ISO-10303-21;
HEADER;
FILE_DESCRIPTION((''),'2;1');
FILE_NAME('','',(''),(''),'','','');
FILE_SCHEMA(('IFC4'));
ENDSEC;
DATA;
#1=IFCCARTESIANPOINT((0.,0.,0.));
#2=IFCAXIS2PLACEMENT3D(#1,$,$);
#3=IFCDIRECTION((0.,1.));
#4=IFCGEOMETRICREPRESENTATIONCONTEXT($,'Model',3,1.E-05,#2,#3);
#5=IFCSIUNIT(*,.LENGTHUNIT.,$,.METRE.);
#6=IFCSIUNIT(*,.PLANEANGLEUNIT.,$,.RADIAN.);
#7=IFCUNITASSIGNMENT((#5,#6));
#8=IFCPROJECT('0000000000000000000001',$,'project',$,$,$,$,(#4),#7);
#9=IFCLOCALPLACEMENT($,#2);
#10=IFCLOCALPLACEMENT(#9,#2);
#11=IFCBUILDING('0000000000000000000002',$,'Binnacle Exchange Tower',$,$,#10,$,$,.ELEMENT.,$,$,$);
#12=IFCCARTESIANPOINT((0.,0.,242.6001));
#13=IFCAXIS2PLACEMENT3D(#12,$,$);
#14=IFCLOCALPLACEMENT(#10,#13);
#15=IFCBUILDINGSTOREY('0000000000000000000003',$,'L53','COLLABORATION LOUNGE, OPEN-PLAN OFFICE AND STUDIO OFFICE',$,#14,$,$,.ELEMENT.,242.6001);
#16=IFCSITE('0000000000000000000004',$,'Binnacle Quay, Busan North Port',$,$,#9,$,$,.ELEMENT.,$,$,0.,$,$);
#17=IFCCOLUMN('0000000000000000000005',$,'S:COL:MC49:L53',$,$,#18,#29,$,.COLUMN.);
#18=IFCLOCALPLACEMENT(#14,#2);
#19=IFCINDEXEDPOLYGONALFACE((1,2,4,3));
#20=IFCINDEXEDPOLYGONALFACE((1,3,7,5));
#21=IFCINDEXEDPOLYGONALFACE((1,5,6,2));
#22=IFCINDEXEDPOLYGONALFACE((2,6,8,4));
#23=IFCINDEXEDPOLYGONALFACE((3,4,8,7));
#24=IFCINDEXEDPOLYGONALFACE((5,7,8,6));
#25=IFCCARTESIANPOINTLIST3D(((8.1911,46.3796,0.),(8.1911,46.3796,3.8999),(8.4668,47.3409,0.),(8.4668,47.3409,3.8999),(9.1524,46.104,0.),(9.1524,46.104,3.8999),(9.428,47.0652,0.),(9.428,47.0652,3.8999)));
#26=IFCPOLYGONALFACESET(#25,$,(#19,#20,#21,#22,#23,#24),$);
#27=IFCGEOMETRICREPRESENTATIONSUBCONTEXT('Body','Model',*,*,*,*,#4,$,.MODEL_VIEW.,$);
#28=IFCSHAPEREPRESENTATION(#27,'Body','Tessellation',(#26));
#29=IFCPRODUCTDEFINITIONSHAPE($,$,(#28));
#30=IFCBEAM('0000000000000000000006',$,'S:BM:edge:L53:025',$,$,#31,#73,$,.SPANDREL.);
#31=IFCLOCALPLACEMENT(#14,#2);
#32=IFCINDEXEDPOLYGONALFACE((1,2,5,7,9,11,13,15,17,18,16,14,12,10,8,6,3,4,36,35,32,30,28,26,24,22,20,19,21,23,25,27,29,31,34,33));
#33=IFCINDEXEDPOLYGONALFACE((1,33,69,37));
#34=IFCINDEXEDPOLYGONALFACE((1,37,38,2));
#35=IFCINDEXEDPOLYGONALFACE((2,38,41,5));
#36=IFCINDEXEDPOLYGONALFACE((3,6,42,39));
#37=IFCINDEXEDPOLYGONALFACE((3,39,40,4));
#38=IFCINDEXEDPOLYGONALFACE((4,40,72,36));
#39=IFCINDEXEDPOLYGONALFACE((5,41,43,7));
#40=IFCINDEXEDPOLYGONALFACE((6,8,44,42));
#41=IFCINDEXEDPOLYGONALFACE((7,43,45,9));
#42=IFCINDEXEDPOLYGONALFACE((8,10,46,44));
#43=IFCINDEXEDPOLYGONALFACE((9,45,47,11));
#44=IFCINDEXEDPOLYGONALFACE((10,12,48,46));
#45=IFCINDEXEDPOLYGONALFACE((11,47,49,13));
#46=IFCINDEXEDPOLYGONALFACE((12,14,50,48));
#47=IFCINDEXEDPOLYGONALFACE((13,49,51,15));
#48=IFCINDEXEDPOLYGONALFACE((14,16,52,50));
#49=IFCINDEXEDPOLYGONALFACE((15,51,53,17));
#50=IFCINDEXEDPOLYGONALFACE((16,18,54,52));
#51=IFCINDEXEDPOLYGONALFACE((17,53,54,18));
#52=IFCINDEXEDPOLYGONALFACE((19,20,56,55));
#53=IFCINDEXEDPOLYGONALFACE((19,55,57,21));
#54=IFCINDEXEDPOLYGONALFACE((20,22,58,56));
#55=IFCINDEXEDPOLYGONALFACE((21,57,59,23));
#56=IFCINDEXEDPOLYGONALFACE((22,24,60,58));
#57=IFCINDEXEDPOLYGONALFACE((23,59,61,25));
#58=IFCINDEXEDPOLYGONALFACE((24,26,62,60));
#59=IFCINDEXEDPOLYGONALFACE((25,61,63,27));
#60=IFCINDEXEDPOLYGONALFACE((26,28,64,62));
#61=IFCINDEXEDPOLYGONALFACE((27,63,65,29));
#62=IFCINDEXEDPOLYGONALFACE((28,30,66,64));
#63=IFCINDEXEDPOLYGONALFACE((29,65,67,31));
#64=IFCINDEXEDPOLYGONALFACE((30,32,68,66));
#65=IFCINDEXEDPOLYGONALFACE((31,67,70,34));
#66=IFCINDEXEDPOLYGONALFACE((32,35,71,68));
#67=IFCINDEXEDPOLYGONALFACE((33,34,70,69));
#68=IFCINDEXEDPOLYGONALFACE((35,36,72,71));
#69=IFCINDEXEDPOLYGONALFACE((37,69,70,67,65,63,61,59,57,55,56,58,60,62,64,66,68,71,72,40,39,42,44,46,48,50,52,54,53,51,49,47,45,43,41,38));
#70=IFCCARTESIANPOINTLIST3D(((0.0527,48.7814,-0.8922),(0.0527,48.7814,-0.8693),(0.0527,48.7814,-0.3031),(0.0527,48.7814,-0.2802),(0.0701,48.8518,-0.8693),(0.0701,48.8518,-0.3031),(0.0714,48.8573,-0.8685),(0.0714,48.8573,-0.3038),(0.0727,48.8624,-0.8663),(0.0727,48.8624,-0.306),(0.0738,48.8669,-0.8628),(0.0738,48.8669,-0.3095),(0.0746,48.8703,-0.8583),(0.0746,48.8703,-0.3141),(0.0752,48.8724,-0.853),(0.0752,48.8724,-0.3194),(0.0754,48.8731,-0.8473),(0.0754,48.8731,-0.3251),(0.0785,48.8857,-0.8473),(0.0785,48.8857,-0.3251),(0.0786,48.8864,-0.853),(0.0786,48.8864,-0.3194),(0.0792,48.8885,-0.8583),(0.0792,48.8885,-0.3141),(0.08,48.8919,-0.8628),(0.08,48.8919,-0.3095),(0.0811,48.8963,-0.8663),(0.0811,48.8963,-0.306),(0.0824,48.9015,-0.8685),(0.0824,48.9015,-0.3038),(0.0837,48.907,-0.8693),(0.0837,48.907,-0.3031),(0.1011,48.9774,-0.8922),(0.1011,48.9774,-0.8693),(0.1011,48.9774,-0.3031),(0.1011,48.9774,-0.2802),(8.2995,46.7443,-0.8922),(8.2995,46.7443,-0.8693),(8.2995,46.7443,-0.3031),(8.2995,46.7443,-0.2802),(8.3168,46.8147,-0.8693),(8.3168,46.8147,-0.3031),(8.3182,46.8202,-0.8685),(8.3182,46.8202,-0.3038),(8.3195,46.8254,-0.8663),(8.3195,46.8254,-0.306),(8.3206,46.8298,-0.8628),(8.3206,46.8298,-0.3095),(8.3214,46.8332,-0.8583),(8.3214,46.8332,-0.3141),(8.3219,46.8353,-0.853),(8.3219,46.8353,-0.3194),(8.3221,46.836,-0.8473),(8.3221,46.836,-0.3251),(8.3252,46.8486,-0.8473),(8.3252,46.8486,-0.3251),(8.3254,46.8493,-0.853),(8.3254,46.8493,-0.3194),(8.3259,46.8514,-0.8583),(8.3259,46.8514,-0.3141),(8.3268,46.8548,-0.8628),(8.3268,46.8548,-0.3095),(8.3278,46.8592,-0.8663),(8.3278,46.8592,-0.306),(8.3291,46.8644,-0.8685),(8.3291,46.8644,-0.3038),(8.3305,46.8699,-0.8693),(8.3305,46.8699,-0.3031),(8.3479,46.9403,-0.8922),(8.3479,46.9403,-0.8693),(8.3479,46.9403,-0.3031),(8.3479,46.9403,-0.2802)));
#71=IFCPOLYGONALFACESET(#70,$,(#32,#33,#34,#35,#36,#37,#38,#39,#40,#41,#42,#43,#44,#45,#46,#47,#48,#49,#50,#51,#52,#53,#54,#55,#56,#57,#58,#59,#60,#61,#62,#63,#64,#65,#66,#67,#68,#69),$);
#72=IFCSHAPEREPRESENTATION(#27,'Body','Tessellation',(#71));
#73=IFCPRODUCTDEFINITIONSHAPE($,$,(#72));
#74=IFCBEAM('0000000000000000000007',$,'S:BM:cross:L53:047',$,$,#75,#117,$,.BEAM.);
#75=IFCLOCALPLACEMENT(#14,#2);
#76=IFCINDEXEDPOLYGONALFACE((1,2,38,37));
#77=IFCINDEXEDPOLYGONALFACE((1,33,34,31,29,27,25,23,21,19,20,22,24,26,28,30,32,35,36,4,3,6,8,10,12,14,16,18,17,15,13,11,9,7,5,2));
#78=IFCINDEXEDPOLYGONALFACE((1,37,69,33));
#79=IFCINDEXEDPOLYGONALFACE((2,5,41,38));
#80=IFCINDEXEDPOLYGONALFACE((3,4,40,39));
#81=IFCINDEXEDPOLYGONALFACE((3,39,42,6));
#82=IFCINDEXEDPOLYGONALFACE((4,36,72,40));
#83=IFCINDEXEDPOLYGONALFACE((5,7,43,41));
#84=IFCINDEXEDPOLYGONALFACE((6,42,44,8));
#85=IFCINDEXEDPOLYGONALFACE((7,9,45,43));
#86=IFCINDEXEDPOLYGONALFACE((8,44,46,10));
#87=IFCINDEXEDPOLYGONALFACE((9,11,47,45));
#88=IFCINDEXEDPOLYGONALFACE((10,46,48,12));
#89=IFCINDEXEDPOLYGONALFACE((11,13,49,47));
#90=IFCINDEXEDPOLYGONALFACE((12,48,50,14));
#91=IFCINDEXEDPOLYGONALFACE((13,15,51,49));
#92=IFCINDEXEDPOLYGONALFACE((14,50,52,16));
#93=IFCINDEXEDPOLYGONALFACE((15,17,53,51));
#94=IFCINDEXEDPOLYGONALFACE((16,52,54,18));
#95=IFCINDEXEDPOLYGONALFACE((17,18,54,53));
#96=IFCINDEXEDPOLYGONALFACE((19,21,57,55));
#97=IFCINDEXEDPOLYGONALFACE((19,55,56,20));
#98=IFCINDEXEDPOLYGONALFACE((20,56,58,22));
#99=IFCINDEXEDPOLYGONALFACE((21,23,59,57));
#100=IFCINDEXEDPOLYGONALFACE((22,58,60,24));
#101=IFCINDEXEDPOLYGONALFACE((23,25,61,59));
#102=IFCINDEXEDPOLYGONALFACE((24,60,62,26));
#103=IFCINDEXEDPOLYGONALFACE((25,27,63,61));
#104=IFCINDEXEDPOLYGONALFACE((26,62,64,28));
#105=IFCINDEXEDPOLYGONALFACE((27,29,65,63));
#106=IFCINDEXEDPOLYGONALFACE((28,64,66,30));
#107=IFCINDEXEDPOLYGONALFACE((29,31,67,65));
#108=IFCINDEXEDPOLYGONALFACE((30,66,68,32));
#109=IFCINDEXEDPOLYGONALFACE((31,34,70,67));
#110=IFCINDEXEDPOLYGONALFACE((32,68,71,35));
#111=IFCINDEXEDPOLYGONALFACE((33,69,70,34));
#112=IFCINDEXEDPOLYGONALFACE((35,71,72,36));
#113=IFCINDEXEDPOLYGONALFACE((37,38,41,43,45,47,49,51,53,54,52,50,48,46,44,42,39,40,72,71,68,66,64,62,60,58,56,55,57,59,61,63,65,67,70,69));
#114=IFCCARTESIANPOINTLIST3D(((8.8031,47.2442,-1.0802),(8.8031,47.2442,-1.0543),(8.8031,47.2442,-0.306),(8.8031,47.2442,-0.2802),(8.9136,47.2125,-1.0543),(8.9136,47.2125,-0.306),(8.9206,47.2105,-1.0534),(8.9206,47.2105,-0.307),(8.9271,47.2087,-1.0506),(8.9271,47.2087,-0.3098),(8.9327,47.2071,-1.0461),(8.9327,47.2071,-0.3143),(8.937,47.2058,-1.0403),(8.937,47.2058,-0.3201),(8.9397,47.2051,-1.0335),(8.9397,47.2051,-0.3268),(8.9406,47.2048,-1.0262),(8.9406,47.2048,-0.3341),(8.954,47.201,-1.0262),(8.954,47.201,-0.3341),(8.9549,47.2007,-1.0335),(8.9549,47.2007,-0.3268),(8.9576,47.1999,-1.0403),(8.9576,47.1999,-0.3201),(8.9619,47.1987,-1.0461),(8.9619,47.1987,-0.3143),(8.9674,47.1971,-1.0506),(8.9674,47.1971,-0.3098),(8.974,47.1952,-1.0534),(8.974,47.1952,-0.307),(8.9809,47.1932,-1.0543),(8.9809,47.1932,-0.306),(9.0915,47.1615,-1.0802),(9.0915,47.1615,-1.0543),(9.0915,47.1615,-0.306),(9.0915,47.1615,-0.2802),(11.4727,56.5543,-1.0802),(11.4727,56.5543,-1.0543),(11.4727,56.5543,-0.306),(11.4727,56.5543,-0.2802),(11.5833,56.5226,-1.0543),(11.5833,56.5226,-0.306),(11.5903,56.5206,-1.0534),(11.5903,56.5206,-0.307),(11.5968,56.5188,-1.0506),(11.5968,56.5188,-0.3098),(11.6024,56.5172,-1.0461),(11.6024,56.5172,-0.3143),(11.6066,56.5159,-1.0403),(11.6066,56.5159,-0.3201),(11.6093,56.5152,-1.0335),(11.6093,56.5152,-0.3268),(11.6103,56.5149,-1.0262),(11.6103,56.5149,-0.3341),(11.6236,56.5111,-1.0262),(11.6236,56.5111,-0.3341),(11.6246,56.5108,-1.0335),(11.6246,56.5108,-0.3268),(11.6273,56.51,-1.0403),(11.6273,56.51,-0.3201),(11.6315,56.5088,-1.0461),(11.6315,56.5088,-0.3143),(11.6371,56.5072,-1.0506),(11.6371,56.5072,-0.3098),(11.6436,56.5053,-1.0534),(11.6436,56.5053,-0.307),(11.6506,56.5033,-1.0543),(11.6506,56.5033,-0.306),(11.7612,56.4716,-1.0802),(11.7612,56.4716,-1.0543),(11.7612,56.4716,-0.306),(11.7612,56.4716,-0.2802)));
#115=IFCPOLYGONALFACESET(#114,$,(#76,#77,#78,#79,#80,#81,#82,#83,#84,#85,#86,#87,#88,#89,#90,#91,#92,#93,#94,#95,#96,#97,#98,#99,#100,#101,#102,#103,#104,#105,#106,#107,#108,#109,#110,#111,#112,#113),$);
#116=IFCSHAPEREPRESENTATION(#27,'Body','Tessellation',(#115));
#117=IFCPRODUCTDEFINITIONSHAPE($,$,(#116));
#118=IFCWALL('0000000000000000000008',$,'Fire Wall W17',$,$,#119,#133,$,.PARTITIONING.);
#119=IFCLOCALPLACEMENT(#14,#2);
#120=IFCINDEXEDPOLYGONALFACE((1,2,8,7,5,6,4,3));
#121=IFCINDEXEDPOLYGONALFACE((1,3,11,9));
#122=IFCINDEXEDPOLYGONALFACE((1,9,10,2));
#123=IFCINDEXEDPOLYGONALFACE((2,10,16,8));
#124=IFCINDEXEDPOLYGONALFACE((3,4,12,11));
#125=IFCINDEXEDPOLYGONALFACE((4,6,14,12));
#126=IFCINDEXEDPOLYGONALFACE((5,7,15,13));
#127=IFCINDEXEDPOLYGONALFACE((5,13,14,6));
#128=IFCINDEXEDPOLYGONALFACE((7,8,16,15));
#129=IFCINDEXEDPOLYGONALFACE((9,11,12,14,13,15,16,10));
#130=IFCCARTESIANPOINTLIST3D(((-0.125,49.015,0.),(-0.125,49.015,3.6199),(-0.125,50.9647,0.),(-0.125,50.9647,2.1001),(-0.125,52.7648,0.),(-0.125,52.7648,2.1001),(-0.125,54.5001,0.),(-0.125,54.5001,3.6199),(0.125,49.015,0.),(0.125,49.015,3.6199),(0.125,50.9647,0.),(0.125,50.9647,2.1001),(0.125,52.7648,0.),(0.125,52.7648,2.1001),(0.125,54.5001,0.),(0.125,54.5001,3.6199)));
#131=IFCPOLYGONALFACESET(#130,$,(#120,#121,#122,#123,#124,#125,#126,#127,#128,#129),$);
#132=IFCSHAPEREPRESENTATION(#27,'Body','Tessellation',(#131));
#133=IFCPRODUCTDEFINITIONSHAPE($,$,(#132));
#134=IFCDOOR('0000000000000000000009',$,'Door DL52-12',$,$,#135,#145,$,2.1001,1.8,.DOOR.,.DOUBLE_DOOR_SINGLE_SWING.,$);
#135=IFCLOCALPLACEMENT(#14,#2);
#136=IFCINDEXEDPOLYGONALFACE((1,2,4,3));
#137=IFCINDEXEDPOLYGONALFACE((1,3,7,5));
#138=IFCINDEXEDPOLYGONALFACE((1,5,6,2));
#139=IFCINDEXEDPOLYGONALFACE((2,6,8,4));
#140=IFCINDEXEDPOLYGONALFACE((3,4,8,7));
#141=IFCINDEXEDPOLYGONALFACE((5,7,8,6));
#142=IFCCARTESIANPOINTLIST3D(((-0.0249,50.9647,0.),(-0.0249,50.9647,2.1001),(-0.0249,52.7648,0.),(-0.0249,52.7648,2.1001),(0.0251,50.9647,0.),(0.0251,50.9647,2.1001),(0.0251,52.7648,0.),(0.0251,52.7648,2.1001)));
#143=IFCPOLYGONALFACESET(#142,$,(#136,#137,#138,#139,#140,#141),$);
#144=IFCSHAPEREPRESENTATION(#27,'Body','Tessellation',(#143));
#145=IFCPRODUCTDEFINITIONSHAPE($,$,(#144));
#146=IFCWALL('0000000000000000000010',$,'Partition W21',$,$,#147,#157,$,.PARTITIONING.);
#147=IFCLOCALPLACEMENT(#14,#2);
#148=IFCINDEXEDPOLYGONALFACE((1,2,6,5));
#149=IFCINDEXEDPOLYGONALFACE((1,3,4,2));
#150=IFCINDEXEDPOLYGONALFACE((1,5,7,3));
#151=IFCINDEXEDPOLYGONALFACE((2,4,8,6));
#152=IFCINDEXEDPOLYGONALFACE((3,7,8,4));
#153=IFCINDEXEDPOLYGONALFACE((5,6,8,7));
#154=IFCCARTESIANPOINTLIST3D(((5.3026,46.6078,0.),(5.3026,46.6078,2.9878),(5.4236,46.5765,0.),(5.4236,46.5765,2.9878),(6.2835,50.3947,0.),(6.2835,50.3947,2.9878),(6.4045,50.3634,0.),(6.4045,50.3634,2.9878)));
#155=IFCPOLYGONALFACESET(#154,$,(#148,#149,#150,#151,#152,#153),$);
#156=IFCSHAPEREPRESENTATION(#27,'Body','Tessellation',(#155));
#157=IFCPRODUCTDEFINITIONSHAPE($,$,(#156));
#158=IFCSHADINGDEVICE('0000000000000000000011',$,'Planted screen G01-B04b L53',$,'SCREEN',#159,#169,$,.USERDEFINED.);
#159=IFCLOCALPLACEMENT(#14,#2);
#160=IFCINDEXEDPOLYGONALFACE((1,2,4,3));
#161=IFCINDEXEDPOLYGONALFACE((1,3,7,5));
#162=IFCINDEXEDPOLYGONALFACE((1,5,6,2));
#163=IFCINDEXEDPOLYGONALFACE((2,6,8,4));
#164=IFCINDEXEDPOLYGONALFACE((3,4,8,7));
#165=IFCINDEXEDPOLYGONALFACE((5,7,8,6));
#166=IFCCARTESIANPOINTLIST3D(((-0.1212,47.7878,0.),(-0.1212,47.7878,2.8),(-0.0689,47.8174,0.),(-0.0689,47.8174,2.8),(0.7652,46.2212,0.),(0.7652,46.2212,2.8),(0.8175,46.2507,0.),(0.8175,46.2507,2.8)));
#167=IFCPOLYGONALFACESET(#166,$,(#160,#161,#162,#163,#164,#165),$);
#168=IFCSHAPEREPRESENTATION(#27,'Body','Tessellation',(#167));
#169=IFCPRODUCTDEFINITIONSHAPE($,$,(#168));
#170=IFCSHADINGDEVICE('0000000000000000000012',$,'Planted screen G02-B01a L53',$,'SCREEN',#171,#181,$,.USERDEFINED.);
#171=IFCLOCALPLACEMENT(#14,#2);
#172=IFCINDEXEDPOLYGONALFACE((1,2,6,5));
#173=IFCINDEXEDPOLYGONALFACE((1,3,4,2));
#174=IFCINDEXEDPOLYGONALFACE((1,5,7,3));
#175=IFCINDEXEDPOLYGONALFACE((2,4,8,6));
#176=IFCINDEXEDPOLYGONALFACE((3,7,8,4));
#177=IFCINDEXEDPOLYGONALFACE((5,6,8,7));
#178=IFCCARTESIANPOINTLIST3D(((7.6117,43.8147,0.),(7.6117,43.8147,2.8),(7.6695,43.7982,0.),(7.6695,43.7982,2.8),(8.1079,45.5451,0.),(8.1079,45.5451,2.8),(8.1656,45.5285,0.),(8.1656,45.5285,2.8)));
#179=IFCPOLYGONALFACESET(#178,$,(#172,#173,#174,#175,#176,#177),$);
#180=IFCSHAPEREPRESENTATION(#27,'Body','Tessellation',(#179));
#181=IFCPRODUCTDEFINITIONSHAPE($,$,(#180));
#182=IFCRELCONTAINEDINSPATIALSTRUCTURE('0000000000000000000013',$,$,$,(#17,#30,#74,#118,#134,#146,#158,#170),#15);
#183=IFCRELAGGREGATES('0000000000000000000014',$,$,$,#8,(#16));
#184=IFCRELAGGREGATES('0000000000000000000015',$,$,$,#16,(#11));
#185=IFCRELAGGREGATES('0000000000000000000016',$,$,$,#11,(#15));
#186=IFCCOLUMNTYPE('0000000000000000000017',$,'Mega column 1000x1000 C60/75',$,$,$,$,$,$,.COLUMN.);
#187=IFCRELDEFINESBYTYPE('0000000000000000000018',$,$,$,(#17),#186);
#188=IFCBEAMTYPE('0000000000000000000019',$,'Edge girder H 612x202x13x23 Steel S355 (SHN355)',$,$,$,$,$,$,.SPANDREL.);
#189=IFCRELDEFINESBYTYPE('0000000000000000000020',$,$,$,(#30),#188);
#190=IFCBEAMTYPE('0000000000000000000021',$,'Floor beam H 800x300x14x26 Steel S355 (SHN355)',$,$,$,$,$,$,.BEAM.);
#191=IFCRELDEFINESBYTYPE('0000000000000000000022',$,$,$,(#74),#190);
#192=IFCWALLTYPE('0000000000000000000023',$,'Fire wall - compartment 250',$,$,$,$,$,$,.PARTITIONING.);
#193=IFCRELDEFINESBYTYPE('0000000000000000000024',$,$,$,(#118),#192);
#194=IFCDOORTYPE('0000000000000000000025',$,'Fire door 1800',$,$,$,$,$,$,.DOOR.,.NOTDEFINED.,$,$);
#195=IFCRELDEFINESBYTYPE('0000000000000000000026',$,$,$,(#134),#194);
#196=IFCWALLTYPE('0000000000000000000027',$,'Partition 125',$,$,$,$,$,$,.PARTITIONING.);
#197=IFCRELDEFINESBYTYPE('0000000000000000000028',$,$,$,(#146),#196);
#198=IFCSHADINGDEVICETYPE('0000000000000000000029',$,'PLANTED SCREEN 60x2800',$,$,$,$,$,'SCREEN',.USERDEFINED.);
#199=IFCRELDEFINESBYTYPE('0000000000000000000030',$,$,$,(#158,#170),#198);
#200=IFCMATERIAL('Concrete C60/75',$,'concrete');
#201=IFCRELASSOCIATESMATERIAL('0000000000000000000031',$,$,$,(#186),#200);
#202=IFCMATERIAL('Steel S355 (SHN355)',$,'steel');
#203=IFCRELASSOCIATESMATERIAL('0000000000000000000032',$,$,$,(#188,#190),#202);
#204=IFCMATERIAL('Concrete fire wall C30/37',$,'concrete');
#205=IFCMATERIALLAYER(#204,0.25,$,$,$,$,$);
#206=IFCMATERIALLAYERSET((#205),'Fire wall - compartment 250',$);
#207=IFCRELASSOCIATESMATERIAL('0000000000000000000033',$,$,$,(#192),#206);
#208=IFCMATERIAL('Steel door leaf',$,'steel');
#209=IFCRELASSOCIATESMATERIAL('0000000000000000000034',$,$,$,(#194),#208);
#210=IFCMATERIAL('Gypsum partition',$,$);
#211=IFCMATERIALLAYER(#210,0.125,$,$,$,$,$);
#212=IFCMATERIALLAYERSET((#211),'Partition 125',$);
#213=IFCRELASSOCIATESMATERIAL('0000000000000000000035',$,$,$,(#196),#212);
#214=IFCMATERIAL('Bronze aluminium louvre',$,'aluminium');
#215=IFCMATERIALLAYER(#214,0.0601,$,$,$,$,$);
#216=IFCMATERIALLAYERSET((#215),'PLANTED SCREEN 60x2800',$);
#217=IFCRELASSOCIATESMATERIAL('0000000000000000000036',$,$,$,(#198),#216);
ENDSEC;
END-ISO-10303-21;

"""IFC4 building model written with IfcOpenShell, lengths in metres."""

from ifc_helpers import new_model, si_unit, direction, frame, frame_2d, origin, origin_2d, place, context, subcontext, project, spatial, rectangle, i_section, extrude, material, layer, layer_set, material_profile, profile_set, type_object, element, fill, save


model = new_model("IFC4")

# Units and contexts
model_context = context("Model", 3, precision=1e-05, world=origin(), true_north=direction((0.0, 1.0)))
body_context = subcontext(model_context, "Body", "Model", "MODEL_VIEW")
ifc_project = project(units=[si_unit("LENGTHUNIT", "METRE"), si_unit("PLANEANGLEUNIT", "RADIAN")], contexts=[model_context])

# Site, building, storey
site_placement = place(None, origin())
site = spatial("IfcSite", under=ifc_project, at=site_placement, Name="Binnacle Quay, Busan North Port", CompositionType="ELEMENT", RefElevation=0.0)
building_placement = place(site_placement, origin())
building = spatial("IfcBuilding", under=site, at=building_placement, Name="Binnacle Exchange Tower", CompositionType="ELEMENT")
storey_placement = place(building_placement, frame((0.0, 0.0, 242.6001)))
storey = spatial("IfcBuildingStorey", under=building, at=storey_placement, Name="L53", Description="COLLABORATION LOUNGE, OPEN-PLAN OFFICE AND STUDIO OFFICE", CompositionType="ELEMENT", Elevation=242.6001)

# Column
ifc_material_1 = material(Name="Concrete C60/75", Category="concrete")
ifc_material_profile_1 = material_profile(ifc_material_1, rectangle(XDim=1.0, YDim=1.0, at=origin_2d()), Name="Mega column 1000x1000 C60/75")
ifc_profile_set_1 = profile_set([ifc_material_profile_1], Name="Concrete C60/75")
column_type = type_object("IfcColumnType", Name="Mega column 1000x1000 C60/75", PredefinedType="COLUMN", material=ifc_profile_set_1)
column_placement = place(storey_placement, frame((8.8096, 46.7224, 0.0), z_axis=(0.0, 0.0, 1.0), x_axis=(0.961262, -0.275637, 0.0)))
element("IfcColumn", 1, at=column_placement, inside=storey, type_object=column_type, Name="S:COL:MC49:L53", PredefinedType="COLUMN", context=body_context, shape_type="SweptSolid", body=[
    extrude(rectangle(XDim=1.0, YDim=1.0, at=origin_2d()), origin(), (0.0, 0.0, 1.0), 3.8999),
])

# Beams
ifc_material_2 = material(Name="Steel S355 (SHN355)", Category="steel")
ifc_material_profile_2 = material_profile(ifc_material_2, i_section(OverallWidth=0.2019, OverallDepth=0.6121, WebThickness=0.0129, FlangeThickness=0.0229, FilletRadius=0.022, at=origin_2d()), Name="H 612x202x13x23")
ifc_profile_set_2 = profile_set([ifc_material_profile_2], Name="Steel S355 (SHN355)")
beam_type_1 = type_object("IfcBeamType", Name="Edge girder H 612x202x13x23 Steel S355 (SHN355)", PredefinedType="SPANDREL", material=ifc_profile_set_2)
beam_1_placement = place(storey_placement, frame((0.0769, 48.8794, -0.5862), z_axis=(0.97082, -0.239809, 0.0), x_axis=(0.239809, 0.97082, 0.0)))
element("IfcBeam", 2, at=beam_1_placement, inside=storey, type_object=beam_type_1, Name="S:BM:edge:L53:025", PredefinedType="SPANDREL", context=body_context, shape_type="SweptSolid", body=[
    extrude(i_section(OverallWidth=0.2019, OverallDepth=0.6121, WebThickness=0.0129, FlangeThickness=0.0229, FilletRadius=0.022, at=origin_2d()), origin(), (0.0, 0.0, 1.0), 8.4946),
])
ifc_material_profile_3 = material_profile(ifc_material_2, i_section(OverallWidth=0.3, OverallDepth=0.8, WebThickness=0.0139, FlangeThickness=0.0259, FilletRadius=0.0281, at=origin_2d()), Name="H 800x300x14x26")
ifc_profile_set_3 = profile_set([ifc_material_profile_3], Name="Steel S355 (SHN355)")
beam_type_2 = type_object("IfcBeamType", Name="Floor beam H 800x300x14x26 Steel S355 (SHN355)", PredefinedType="BEAM", material=ifc_profile_set_3)
beam_2_placement = place(storey_placement, frame((8.9473, 47.2029, -0.6802), z_axis=(0.275643, 0.96126, 0.0), x_axis=(-0.96126, 0.275643, 0.0)))
element("IfcBeam", 3, at=beam_2_placement, inside=storey, type_object=beam_type_2, Name="S:BM:cross:L53:047", PredefinedType="BEAM", context=body_context, shape_type="SweptSolid", body=[
    extrude(i_section(OverallWidth=0.3, OverallDepth=0.8, WebThickness=0.0139, FlangeThickness=0.0259, FilletRadius=0.0281, at=origin_2d()), origin(), (0.0, 0.0, 1.0), 9.6853),
])

# Wall, opening, door
ifc_material_3 = material(Name="Concrete fire wall C30/37", Category="concrete")
ifc_layer_1 = layer(ifc_material_3, 0.25)
ifc_layer_set_1 = layer_set([ifc_layer_1], Name="Fire wall - compartment 250")
wall_type_1 = type_object("IfcWallType", Name="Fire wall - compartment 250", PredefinedType="PARTITIONING", material=ifc_layer_set_1)
wall_1_placement = place(storey_placement, frame((0.0, 49.0149, 0.0), z_axis=(0.0, 0.0, 1.0), x_axis=(0.0, 1.0, 0.0)))
wall_1 = element("IfcWall", 4, at=wall_1_placement, inside=storey, type_object=wall_type_1, Name="Fire Wall W17", PredefinedType="PARTITIONING", context=body_context, shape_type="SweptSolid", body=[
    extrude(rectangle(XDim=5.4851, YDim=0.25, at=frame_2d((2.7427, 0.0))), origin(), (0.0, 0.0, 1.0), 3.6199),
])
opening_placement = place(wall_1_placement, frame((1.95, 0.0, 0.0)))
opening = element("IfcOpeningElement", 5, at=opening_placement, cuts=wall_1, PredefinedType="OPENING", context=body_context, shape_type="SweptSolid", body=[
    extrude(rectangle(XDim=1.8, YDim=2.1001, at=frame_2d((0.8999, 1.05))), frame((0.0, 0.135, 0.0), z_axis=(0.0, -1.0, 0.0), x_axis=(1.0, 0.0, 0.0)), (0.0, 0.0, 1.0), 0.27),
])
ifc_material_4 = material(Name="Steel door leaf", Category="steel")
door_type = type_object("IfcDoorType", Name="Fire door 1800", OperationType="NOTDEFINED", PredefinedType="DOOR", material=ifc_material_4)
door_placement = place(opening_placement, origin())
door = element("IfcDoor", 6, at=door_placement, inside=storey, type_object=door_type, Name="Door DL52-12", OperationType="DOUBLE_DOOR_SINGLE_SWING", OverallHeight=2.1001, OverallWidth=1.8, PredefinedType="DOOR", context=body_context, shape_type="SweptSolid", body=[
    extrude(rectangle(XDim=1.8, YDim=2.1001, at=frame_2d((0.8999, 1.05))), frame((0.0, 0.0249, 0.0), z_axis=(0.0, -1.0, 0.0), x_axis=(1.0, 0.0, 0.0)), (0.0, 0.0, 1.0), 0.05),
])
fill(opening, door)

# Wall
ifc_material_5 = material(Name="Gypsum partition")
ifc_layer_2 = layer(ifc_material_5, 0.125)
ifc_layer_set_2 = layer_set([ifc_layer_2], Name="Partition 125")
wall_type_2 = type_object("IfcWallType", Name="Partition 125", PredefinedType="PARTITIONING", material=ifc_layer_set_2)
wall_2_placement = place(storey_placement, frame((5.363, 46.592, 0.0), z_axis=(0.0, 0.0, 1.0), x_axis=(0.250765, 0.968048, 0.0)))
element("IfcWall", 7, at=wall_2_placement, inside=storey, type_object=wall_type_2, Name="Partition W21", PredefinedType="PARTITIONING", context=body_context, shape_type="SweptSolid", body=[
    extrude(rectangle(XDim=3.9119, YDim=0.125, at=frame_2d((1.9561, 0.0))), origin(), (0.0, 0.0, 1.0), 2.9878),
])

# Shading devices
ifc_material_6 = material(Name="Bronze aluminium louvre", Category="aluminium")
ifc_layer_3 = layer(ifc_material_6, 0.0601)
ifc_layer_set_3 = layer_set([ifc_layer_3], Name="PLANTED SCREEN 60x2800")
shading_device_type = type_object("IfcShadingDeviceType", Name="PLANTED SCREEN 60x2800", ElementType="SCREEN", PredefinedType="USERDEFINED", material=ifc_layer_set_3)
for number, where, z_axis, x_axis, name in (
    (8, (0.3481, 47.0193, 0.0), (0.0, 0.0, 1.0), (0.870356, 0.492424, 0.0), "Planted screen G01-B04b L53"),
    (9, (7.8887, 44.6716, 0.0), (0.0, 0.0, 1.0), (0.961262, -0.275637, 0.0), "Planted screen G02-B01a L53"),
):
    element("IfcShadingDevice", number, at=place(storey_placement, frame(where, z_axis=z_axis, x_axis=x_axis)), inside=storey, type_object=shading_device_type, Name=name, ObjectType="SCREEN", PredefinedType="USERDEFINED", context=body_context, shape_type="SweptSolid", body=[
        extrude(rectangle(XDim=0.0601, YDim=1.8, at=origin_2d()), origin(), (0.0, 0.0, 1.0), 2.8),
    ])

save(model, "model.ifc")
